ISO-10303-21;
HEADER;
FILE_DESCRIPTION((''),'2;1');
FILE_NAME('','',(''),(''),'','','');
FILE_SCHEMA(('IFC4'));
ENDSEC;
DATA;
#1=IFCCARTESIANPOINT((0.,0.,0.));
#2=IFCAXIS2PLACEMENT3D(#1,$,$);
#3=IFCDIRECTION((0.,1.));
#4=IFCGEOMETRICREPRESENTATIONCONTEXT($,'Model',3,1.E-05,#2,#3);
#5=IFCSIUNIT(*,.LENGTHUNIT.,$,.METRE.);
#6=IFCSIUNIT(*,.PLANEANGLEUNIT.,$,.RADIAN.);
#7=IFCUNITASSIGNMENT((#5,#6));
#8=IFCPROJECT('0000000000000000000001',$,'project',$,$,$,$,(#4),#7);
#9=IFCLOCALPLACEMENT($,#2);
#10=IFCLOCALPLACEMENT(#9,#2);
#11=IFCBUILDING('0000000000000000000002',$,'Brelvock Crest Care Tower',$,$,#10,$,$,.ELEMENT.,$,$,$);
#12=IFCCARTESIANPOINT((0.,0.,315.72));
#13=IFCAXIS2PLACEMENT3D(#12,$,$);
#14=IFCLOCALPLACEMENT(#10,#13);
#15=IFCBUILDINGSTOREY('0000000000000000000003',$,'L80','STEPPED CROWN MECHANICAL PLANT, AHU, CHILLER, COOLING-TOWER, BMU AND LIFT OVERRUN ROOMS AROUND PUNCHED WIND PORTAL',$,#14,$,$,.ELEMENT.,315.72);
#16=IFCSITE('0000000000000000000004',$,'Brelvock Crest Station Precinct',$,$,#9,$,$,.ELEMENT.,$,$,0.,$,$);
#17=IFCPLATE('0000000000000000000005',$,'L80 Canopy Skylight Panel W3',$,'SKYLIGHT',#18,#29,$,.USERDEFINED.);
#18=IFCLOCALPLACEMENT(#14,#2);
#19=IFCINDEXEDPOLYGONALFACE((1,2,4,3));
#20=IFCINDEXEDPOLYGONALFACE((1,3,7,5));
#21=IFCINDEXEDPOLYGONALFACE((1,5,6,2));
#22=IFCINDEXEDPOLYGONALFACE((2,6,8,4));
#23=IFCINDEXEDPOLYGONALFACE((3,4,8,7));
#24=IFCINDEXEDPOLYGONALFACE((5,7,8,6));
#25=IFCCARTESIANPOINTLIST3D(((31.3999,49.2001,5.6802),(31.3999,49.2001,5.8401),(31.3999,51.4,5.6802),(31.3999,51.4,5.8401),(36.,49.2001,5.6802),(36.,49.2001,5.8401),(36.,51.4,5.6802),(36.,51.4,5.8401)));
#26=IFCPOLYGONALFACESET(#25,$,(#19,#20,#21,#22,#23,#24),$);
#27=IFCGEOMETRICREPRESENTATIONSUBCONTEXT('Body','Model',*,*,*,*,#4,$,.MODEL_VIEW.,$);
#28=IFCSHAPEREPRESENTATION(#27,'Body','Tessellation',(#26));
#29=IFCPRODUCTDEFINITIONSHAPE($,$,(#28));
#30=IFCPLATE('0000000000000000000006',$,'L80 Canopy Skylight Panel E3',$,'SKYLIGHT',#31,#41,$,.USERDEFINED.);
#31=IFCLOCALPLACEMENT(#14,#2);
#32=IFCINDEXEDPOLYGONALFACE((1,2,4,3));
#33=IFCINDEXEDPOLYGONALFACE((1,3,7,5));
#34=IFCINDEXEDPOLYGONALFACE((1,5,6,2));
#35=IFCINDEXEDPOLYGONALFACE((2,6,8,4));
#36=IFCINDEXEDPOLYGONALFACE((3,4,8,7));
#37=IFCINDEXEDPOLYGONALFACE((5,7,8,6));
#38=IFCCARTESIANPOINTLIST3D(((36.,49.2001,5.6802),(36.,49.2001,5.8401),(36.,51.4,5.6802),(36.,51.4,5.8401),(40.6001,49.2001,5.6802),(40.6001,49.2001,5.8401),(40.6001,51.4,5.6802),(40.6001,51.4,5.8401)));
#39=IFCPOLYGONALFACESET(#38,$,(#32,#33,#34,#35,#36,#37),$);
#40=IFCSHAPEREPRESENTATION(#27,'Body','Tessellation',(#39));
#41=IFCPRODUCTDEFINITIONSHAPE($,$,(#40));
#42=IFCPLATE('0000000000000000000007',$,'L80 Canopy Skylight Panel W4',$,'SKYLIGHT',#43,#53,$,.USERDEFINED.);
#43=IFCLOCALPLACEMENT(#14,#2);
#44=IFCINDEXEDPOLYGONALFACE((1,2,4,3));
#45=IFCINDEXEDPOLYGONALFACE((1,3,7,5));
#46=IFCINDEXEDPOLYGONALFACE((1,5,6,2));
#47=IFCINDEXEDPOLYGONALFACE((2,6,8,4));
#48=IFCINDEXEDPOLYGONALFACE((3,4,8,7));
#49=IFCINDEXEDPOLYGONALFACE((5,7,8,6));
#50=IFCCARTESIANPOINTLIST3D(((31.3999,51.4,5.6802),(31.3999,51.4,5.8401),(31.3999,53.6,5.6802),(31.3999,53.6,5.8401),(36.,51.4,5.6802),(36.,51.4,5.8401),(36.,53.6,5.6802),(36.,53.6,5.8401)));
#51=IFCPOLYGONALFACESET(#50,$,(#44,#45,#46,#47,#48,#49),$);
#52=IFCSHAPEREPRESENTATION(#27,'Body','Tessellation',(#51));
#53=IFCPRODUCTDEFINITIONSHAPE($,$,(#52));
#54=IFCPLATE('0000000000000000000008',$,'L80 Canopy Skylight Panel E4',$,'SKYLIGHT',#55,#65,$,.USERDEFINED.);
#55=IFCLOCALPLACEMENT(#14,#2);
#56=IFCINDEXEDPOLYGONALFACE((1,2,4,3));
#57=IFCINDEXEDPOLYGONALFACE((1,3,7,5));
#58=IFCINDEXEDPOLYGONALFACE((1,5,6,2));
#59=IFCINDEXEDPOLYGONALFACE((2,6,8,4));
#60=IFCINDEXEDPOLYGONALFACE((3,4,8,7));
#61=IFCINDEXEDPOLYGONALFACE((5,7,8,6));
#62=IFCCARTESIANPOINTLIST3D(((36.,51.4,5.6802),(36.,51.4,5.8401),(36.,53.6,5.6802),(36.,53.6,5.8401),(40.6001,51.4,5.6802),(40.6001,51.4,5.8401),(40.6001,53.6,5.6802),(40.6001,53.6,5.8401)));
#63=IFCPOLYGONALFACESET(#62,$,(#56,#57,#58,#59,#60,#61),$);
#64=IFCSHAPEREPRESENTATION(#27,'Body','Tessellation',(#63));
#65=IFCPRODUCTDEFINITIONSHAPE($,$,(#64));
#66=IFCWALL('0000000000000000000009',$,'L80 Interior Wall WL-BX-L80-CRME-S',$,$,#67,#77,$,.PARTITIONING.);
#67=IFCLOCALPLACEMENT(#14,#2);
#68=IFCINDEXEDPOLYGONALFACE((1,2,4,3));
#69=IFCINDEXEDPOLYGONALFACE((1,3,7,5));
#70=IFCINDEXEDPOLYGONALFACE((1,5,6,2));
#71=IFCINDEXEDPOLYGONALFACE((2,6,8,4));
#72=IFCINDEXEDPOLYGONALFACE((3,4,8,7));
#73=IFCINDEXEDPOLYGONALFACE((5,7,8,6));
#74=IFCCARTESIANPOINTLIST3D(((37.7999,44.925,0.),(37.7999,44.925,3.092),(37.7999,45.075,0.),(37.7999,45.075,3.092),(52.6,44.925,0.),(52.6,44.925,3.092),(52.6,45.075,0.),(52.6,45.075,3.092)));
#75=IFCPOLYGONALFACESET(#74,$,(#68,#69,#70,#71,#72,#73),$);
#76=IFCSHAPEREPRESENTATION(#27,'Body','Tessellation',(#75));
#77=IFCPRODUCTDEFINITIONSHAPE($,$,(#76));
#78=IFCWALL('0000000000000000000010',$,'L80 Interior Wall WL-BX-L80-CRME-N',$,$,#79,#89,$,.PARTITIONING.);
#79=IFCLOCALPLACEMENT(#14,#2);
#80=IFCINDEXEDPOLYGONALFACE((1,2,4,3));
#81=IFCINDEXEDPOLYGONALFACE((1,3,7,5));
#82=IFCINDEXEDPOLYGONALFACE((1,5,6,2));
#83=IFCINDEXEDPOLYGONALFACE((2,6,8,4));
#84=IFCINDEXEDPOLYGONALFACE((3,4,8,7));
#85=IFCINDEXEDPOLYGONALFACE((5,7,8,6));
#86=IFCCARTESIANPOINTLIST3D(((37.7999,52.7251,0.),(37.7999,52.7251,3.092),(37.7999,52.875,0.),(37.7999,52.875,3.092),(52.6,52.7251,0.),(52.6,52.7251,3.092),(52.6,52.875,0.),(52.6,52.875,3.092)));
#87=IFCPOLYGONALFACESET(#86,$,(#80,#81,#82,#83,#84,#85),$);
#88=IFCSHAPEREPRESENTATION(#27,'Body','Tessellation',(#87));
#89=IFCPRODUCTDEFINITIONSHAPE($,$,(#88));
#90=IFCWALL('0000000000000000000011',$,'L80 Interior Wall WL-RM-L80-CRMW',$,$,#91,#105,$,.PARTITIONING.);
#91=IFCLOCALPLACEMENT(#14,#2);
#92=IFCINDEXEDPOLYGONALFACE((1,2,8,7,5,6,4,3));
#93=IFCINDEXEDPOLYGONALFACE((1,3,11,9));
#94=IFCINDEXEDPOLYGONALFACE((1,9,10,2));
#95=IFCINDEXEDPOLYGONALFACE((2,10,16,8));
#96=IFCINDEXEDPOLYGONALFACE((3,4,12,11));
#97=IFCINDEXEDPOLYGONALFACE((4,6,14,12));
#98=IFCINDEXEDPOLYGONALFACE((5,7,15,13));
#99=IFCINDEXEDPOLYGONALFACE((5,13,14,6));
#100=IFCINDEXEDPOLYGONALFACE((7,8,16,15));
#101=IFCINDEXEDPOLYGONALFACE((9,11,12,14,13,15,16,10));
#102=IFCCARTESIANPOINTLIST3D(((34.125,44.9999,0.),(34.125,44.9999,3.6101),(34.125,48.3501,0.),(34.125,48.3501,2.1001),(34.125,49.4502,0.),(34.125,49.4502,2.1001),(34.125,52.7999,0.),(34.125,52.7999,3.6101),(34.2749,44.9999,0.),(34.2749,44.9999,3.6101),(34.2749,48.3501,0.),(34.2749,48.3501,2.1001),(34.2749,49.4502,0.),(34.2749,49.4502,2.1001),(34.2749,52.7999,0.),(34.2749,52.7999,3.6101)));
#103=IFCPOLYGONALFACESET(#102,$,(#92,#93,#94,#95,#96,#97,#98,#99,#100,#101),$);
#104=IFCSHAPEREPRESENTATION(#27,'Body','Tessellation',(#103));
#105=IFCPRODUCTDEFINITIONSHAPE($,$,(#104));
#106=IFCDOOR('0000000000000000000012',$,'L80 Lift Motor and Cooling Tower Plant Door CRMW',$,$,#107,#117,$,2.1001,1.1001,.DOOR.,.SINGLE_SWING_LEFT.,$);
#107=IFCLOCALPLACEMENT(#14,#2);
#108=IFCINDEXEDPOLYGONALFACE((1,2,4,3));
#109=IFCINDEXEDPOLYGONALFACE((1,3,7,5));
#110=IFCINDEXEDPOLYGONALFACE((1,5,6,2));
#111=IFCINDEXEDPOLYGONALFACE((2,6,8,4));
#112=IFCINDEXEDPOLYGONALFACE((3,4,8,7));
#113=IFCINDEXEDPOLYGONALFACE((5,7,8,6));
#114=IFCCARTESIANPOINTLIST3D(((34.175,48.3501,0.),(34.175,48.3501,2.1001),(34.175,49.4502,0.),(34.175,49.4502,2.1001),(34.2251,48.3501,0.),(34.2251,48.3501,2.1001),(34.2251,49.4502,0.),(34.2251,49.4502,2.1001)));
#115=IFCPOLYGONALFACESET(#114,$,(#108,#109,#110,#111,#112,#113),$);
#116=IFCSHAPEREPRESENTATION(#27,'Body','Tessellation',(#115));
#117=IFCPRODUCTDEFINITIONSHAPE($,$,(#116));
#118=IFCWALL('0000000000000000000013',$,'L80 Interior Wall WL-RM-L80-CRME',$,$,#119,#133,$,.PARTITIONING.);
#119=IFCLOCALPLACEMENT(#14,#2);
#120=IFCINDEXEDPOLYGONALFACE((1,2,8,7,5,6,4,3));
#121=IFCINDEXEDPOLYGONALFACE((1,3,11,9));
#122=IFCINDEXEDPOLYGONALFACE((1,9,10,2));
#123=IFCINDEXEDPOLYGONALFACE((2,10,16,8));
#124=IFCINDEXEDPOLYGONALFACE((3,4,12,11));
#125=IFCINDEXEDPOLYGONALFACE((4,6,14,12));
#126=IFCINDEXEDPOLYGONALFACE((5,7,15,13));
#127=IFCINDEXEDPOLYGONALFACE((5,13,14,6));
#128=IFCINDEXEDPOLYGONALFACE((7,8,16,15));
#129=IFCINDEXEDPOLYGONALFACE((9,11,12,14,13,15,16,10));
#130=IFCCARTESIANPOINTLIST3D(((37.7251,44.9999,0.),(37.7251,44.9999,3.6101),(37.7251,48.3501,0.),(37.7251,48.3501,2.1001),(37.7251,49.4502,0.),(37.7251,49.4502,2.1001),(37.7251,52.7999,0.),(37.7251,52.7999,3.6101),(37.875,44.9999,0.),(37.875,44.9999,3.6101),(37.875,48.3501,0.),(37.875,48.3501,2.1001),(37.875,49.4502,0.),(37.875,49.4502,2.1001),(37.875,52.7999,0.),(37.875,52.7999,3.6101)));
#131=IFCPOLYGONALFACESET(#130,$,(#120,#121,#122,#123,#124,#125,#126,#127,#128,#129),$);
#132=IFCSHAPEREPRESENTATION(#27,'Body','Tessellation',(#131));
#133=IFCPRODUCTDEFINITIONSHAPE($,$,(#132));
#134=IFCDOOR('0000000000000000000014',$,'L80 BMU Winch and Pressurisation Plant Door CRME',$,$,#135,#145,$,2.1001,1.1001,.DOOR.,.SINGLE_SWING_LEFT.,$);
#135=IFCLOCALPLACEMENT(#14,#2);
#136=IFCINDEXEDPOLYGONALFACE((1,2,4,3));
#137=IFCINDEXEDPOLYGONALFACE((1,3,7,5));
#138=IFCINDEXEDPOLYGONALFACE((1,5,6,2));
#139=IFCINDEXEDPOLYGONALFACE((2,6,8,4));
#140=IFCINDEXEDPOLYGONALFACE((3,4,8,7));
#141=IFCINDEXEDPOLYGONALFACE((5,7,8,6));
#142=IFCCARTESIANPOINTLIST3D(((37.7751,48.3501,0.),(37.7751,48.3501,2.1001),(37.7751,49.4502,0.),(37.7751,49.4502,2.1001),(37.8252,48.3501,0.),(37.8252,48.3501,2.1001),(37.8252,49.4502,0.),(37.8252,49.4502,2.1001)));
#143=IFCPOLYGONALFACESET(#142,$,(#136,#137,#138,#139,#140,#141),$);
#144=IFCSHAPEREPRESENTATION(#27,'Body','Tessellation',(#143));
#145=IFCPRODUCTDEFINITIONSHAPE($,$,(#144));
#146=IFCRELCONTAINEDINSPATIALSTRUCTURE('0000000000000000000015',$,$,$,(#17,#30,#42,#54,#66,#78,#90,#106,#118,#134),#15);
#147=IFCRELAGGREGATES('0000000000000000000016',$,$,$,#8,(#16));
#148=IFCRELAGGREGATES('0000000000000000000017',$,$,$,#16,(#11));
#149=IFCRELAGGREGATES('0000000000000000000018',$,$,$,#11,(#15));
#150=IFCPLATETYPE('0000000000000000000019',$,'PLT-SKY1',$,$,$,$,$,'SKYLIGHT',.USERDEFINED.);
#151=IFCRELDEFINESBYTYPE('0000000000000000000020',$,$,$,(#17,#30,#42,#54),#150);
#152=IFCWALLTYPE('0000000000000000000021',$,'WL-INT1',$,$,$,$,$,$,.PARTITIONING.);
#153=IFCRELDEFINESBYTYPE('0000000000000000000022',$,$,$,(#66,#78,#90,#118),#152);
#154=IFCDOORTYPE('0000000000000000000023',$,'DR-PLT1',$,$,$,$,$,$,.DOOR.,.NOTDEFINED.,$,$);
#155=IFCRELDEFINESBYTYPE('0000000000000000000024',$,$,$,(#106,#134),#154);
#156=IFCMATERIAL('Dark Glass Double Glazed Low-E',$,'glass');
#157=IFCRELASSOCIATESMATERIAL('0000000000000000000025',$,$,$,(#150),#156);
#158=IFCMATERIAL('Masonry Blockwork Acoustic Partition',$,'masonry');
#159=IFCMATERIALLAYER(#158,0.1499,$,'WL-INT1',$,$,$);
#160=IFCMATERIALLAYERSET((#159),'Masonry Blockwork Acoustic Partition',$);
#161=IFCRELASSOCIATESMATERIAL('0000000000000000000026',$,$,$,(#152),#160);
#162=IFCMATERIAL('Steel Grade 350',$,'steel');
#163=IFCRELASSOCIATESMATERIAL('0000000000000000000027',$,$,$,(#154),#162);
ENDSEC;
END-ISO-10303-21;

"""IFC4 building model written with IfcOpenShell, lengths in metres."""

from ifc_helpers import new_model, si_unit, direction, frame, frame_2d, origin, origin_2d, place, context, subcontext, project, spatial, rectangle, extrude, source, transform, mapped, material, layer, layer_set, type_object, element, fill, save


model = new_model("IFC4")

# Units and contexts
model_context = context("Model", 3, precision=1e-05, world=origin(), true_north=direction((0.0, 1.0)))
body_context = subcontext(model_context, "Body", "Model", "MODEL_VIEW")
ifc_project = project(units=[si_unit("LENGTHUNIT", "METRE"), si_unit("PLANEANGLEUNIT", "RADIAN")], contexts=[model_context])

# Site, building, storey
site_placement = place(None, origin())
site = spatial("IfcSite", under=ifc_project, at=site_placement, Name="Brelvock Crest Station Precinct", CompositionType="ELEMENT", RefElevation=0.0)
building_placement = place(site_placement, origin())
building = spatial("IfcBuilding", under=site, at=building_placement, Name="Brelvock Crest Care Tower", CompositionType="ELEMENT")
storey_placement = place(building_placement, frame((0.0, 0.0, 315.72)))
storey = spatial("IfcBuildingStorey", under=building, at=storey_placement, Name="L80", Description="STEPPED CROWN MECHANICAL PLANT, AHU, CHILLER, COOLING-TOWER, BMU AND LIFT OVERRUN ROOMS AROUND PUNCHED WIND PORTAL", CompositionType="ELEMENT", Elevation=315.72)

# Shared definitions
ifc_material_1 = material(Name="Steel Grade 350", Category="steel")

# Plates
ifc_material_2 = material(Name="Dark Glass Double Glazed Low-E", Category="glass")
plate_type_1 = type_object("IfcPlateType", Name="PLT-SKY1", ElementType="SKYLIGHT", PredefinedType="USERDEFINED", material=ifc_material_2)
shared_shape_1 = source(origin(), body_context, "Body", "SweptSolid", [
    extrude(rectangle(XDim=4.6001, YDim=2.2, at=origin_2d()), origin(), (0.0, 0.0, 1.0), 0.1599),
])
for number, where, z_axis, x_axis, name in (
    (1, (33.7, 50.3, 5.6802), (0.0, 0.0, 1.0), (1.0, 0.0, 0.0), "L80 Canopy Skylight Panel W3"),
    (2, (38.3, 50.3, 5.6802), (0.0, 0.0, 1.0), (1.0, 0.0, 0.0), "L80 Canopy Skylight Panel E3"),
    (3, (33.7, 52.5, 5.6802), (0.0, 0.0, 1.0), (1.0, 0.0, 0.0), "L80 Canopy Skylight Panel W4"),
    (4, (38.3, 52.5, 5.6802), (0.0, 0.0, 1.0), (1.0, 0.0, 0.0), "L80 Canopy Skylight Panel E4"),
):
    element("IfcPlate", number, at=place(storey_placement, frame(where, z_axis=z_axis, x_axis=x_axis)), inside=storey, type_object=plate_type_1, Name=name, ObjectType="SKYLIGHT", PredefinedType="USERDEFINED", context=body_context, shape_type="MappedRepresentation", body=[
        mapped(shared_shape_1, transform((0.0, 0.0, 0.0), x_axis=(1.0, 0.0, 0.0), y_axis=(0.0, 1.0, 0.0), z_axis=(0.0, 0.0, 1.0), scale=1.0)),
    ])

# Walls
ifc_material_3 = material(Name="Masonry Blockwork Acoustic Partition", Category="masonry")
ifc_layer = layer(ifc_material_3, 0.1499, Name="WL-INT1")
ifc_layer_set = layer_set([ifc_layer], Name="Masonry Blockwork Acoustic Partition")
wall_type = type_object("IfcWallType", Name="WL-INT1", PredefinedType="PARTITIONING", material=ifc_layer_set)
for number, where, z_axis, x_axis, name in (
    (5, (37.8, 45.0, 0.0), (0.0, 0.0, 1.0), (1.0, 0.0, 0.0), "L80 Interior Wall WL-BX-L80-CRME-S"),
    (6, (37.8, 52.8, 0.0), (0.0, 0.0, 1.0), (1.0, 0.0, 0.0), "L80 Interior Wall WL-BX-L80-CRME-N"),
):
    element("IfcWall", number, at=place(storey_placement, frame(where, z_axis=z_axis, x_axis=x_axis)), inside=storey, type_object=wall_type, Name=name, PredefinedType="PARTITIONING", context=body_context, shape_type="SweptSolid", body=[
        extrude(rectangle(XDim=14.8, YDim=0.1499, at=frame_2d((7.3999, 0.0))), origin(), (0.0, 0.0, 1.0), 3.092),
    ])

# Walls, openings, doors
wall_1_placement = place(storey_placement, frame((34.2, 45.0, 0.0), z_axis=(0.0, 0.0, 1.0), x_axis=(0.0, 1.0, 0.0)))
wall_1 = element("IfcWall", 7, at=wall_1_placement, inside=storey, type_object=wall_type, Name="L80 Interior Wall WL-RM-L80-CRMW", PredefinedType="PARTITIONING", context=body_context, shape_type="SweptSolid", body=[
    extrude(rectangle(XDim=7.8, YDim=0.1499, at=frame_2d((3.8999, 0.0))), origin(), (0.0, 0.0, 1.0), 3.6101),
])
opening_1_placement = place(wall_1_placement, frame((3.3501, 0.0, 0.0)))
opening_1 = element("IfcOpeningElement", 8, at=opening_1_placement, cuts=wall_1, PredefinedType="OPENING", context=body_context, shape_type="SweptSolid", body=[
    extrude(rectangle(XDim=1.1001, YDim=2.1001, at=origin_2d()), frame((0.55, 0.085, 1.05), z_axis=(0.0, -1.0, 0.0), x_axis=(1.0, 0.0, 0.0)), (0.0, 0.0, 1.0), 0.1699),
])
door_type = type_object("IfcDoorType", Name="DR-PLT1", OperationType="NOTDEFINED", PredefinedType="DOOR", material=ifc_material_1)
shared_shape_2 = source(origin(), body_context, "Body", "SweptSolid", [
    extrude(rectangle(XDim=1.1001, YDim=2.1001, at=origin_2d()), frame((0.55, 0.0249, 1.05), z_axis=(0.0, -1.0, 0.0), x_axis=(1.0, 0.0, 0.0)), (0.0, 0.0, 1.0), 0.05),
])
door_1_placement = place(opening_1_placement, origin())
door_1 = element("IfcDoor", 9, at=door_1_placement, inside=storey, type_object=door_type, Name="L80 Lift Motor and Cooling Tower Plant Door CRMW", OperationType="SINGLE_SWING_LEFT", OverallHeight=2.1001, OverallWidth=1.1001, PredefinedType="DOOR", context=body_context, shape_type="MappedRepresentation", body=[
    mapped(shared_shape_2, transform((0.0, 0.0, 0.0), x_axis=(1.0, 0.0, 0.0), y_axis=(0.0, 1.0, 0.0), z_axis=(0.0, 0.0, 1.0), scale=1.0)),
])
fill(opening_1, door_1)
wall_2_placement = place(storey_placement, frame((37.8, 45.0, 0.0), z_axis=(0.0, 0.0, 1.0), x_axis=(0.0, 1.0, 0.0)))
wall_2 = element("IfcWall", 10, at=wall_2_placement, inside=storey, type_object=wall_type, Name="L80 Interior Wall WL-RM-L80-CRME", PredefinedType="PARTITIONING", context=body_context, shape_type="SweptSolid", body=[
    extrude(rectangle(XDim=7.8, YDim=0.1499, at=frame_2d((3.8999, 0.0))), origin(), (0.0, 0.0, 1.0), 3.6101),
])
opening_2_placement = place(wall_2_placement, frame((3.3501, 0.0, 0.0)))
opening_2 = element("IfcOpeningElement", 11, at=opening_2_placement, cuts=wall_2, PredefinedType="OPENING", context=body_context, shape_type="SweptSolid", body=[
    extrude(rectangle(XDim=1.1001, YDim=2.1001, at=origin_2d()), frame((0.55, 0.085, 1.05), z_axis=(0.0, -1.0, 0.0), x_axis=(1.0, 0.0, 0.0)), (0.0, 0.0, 1.0), 0.1699),
])
door_2_placement = place(opening_2_placement, origin())
door_2 = element("IfcDoor", 12, at=door_2_placement, inside=storey, type_object=door_type, Name="L80 BMU Winch and Pressurisation Plant Door CRME", OperationType="SINGLE_SWING_LEFT", OverallHeight=2.1001, OverallWidth=1.1001, PredefinedType="DOOR", context=body_context, shape_type="MappedRepresentation", body=[
    mapped(shared_shape_2, transform((0.0, 0.0, 0.0), x_axis=(1.0, 0.0, 0.0), y_axis=(0.0, 1.0, 0.0), z_axis=(0.0, 0.0, 1.0), scale=1.0)),
])
fill(opening_2, door_2)

save(model, "model.ifc")
